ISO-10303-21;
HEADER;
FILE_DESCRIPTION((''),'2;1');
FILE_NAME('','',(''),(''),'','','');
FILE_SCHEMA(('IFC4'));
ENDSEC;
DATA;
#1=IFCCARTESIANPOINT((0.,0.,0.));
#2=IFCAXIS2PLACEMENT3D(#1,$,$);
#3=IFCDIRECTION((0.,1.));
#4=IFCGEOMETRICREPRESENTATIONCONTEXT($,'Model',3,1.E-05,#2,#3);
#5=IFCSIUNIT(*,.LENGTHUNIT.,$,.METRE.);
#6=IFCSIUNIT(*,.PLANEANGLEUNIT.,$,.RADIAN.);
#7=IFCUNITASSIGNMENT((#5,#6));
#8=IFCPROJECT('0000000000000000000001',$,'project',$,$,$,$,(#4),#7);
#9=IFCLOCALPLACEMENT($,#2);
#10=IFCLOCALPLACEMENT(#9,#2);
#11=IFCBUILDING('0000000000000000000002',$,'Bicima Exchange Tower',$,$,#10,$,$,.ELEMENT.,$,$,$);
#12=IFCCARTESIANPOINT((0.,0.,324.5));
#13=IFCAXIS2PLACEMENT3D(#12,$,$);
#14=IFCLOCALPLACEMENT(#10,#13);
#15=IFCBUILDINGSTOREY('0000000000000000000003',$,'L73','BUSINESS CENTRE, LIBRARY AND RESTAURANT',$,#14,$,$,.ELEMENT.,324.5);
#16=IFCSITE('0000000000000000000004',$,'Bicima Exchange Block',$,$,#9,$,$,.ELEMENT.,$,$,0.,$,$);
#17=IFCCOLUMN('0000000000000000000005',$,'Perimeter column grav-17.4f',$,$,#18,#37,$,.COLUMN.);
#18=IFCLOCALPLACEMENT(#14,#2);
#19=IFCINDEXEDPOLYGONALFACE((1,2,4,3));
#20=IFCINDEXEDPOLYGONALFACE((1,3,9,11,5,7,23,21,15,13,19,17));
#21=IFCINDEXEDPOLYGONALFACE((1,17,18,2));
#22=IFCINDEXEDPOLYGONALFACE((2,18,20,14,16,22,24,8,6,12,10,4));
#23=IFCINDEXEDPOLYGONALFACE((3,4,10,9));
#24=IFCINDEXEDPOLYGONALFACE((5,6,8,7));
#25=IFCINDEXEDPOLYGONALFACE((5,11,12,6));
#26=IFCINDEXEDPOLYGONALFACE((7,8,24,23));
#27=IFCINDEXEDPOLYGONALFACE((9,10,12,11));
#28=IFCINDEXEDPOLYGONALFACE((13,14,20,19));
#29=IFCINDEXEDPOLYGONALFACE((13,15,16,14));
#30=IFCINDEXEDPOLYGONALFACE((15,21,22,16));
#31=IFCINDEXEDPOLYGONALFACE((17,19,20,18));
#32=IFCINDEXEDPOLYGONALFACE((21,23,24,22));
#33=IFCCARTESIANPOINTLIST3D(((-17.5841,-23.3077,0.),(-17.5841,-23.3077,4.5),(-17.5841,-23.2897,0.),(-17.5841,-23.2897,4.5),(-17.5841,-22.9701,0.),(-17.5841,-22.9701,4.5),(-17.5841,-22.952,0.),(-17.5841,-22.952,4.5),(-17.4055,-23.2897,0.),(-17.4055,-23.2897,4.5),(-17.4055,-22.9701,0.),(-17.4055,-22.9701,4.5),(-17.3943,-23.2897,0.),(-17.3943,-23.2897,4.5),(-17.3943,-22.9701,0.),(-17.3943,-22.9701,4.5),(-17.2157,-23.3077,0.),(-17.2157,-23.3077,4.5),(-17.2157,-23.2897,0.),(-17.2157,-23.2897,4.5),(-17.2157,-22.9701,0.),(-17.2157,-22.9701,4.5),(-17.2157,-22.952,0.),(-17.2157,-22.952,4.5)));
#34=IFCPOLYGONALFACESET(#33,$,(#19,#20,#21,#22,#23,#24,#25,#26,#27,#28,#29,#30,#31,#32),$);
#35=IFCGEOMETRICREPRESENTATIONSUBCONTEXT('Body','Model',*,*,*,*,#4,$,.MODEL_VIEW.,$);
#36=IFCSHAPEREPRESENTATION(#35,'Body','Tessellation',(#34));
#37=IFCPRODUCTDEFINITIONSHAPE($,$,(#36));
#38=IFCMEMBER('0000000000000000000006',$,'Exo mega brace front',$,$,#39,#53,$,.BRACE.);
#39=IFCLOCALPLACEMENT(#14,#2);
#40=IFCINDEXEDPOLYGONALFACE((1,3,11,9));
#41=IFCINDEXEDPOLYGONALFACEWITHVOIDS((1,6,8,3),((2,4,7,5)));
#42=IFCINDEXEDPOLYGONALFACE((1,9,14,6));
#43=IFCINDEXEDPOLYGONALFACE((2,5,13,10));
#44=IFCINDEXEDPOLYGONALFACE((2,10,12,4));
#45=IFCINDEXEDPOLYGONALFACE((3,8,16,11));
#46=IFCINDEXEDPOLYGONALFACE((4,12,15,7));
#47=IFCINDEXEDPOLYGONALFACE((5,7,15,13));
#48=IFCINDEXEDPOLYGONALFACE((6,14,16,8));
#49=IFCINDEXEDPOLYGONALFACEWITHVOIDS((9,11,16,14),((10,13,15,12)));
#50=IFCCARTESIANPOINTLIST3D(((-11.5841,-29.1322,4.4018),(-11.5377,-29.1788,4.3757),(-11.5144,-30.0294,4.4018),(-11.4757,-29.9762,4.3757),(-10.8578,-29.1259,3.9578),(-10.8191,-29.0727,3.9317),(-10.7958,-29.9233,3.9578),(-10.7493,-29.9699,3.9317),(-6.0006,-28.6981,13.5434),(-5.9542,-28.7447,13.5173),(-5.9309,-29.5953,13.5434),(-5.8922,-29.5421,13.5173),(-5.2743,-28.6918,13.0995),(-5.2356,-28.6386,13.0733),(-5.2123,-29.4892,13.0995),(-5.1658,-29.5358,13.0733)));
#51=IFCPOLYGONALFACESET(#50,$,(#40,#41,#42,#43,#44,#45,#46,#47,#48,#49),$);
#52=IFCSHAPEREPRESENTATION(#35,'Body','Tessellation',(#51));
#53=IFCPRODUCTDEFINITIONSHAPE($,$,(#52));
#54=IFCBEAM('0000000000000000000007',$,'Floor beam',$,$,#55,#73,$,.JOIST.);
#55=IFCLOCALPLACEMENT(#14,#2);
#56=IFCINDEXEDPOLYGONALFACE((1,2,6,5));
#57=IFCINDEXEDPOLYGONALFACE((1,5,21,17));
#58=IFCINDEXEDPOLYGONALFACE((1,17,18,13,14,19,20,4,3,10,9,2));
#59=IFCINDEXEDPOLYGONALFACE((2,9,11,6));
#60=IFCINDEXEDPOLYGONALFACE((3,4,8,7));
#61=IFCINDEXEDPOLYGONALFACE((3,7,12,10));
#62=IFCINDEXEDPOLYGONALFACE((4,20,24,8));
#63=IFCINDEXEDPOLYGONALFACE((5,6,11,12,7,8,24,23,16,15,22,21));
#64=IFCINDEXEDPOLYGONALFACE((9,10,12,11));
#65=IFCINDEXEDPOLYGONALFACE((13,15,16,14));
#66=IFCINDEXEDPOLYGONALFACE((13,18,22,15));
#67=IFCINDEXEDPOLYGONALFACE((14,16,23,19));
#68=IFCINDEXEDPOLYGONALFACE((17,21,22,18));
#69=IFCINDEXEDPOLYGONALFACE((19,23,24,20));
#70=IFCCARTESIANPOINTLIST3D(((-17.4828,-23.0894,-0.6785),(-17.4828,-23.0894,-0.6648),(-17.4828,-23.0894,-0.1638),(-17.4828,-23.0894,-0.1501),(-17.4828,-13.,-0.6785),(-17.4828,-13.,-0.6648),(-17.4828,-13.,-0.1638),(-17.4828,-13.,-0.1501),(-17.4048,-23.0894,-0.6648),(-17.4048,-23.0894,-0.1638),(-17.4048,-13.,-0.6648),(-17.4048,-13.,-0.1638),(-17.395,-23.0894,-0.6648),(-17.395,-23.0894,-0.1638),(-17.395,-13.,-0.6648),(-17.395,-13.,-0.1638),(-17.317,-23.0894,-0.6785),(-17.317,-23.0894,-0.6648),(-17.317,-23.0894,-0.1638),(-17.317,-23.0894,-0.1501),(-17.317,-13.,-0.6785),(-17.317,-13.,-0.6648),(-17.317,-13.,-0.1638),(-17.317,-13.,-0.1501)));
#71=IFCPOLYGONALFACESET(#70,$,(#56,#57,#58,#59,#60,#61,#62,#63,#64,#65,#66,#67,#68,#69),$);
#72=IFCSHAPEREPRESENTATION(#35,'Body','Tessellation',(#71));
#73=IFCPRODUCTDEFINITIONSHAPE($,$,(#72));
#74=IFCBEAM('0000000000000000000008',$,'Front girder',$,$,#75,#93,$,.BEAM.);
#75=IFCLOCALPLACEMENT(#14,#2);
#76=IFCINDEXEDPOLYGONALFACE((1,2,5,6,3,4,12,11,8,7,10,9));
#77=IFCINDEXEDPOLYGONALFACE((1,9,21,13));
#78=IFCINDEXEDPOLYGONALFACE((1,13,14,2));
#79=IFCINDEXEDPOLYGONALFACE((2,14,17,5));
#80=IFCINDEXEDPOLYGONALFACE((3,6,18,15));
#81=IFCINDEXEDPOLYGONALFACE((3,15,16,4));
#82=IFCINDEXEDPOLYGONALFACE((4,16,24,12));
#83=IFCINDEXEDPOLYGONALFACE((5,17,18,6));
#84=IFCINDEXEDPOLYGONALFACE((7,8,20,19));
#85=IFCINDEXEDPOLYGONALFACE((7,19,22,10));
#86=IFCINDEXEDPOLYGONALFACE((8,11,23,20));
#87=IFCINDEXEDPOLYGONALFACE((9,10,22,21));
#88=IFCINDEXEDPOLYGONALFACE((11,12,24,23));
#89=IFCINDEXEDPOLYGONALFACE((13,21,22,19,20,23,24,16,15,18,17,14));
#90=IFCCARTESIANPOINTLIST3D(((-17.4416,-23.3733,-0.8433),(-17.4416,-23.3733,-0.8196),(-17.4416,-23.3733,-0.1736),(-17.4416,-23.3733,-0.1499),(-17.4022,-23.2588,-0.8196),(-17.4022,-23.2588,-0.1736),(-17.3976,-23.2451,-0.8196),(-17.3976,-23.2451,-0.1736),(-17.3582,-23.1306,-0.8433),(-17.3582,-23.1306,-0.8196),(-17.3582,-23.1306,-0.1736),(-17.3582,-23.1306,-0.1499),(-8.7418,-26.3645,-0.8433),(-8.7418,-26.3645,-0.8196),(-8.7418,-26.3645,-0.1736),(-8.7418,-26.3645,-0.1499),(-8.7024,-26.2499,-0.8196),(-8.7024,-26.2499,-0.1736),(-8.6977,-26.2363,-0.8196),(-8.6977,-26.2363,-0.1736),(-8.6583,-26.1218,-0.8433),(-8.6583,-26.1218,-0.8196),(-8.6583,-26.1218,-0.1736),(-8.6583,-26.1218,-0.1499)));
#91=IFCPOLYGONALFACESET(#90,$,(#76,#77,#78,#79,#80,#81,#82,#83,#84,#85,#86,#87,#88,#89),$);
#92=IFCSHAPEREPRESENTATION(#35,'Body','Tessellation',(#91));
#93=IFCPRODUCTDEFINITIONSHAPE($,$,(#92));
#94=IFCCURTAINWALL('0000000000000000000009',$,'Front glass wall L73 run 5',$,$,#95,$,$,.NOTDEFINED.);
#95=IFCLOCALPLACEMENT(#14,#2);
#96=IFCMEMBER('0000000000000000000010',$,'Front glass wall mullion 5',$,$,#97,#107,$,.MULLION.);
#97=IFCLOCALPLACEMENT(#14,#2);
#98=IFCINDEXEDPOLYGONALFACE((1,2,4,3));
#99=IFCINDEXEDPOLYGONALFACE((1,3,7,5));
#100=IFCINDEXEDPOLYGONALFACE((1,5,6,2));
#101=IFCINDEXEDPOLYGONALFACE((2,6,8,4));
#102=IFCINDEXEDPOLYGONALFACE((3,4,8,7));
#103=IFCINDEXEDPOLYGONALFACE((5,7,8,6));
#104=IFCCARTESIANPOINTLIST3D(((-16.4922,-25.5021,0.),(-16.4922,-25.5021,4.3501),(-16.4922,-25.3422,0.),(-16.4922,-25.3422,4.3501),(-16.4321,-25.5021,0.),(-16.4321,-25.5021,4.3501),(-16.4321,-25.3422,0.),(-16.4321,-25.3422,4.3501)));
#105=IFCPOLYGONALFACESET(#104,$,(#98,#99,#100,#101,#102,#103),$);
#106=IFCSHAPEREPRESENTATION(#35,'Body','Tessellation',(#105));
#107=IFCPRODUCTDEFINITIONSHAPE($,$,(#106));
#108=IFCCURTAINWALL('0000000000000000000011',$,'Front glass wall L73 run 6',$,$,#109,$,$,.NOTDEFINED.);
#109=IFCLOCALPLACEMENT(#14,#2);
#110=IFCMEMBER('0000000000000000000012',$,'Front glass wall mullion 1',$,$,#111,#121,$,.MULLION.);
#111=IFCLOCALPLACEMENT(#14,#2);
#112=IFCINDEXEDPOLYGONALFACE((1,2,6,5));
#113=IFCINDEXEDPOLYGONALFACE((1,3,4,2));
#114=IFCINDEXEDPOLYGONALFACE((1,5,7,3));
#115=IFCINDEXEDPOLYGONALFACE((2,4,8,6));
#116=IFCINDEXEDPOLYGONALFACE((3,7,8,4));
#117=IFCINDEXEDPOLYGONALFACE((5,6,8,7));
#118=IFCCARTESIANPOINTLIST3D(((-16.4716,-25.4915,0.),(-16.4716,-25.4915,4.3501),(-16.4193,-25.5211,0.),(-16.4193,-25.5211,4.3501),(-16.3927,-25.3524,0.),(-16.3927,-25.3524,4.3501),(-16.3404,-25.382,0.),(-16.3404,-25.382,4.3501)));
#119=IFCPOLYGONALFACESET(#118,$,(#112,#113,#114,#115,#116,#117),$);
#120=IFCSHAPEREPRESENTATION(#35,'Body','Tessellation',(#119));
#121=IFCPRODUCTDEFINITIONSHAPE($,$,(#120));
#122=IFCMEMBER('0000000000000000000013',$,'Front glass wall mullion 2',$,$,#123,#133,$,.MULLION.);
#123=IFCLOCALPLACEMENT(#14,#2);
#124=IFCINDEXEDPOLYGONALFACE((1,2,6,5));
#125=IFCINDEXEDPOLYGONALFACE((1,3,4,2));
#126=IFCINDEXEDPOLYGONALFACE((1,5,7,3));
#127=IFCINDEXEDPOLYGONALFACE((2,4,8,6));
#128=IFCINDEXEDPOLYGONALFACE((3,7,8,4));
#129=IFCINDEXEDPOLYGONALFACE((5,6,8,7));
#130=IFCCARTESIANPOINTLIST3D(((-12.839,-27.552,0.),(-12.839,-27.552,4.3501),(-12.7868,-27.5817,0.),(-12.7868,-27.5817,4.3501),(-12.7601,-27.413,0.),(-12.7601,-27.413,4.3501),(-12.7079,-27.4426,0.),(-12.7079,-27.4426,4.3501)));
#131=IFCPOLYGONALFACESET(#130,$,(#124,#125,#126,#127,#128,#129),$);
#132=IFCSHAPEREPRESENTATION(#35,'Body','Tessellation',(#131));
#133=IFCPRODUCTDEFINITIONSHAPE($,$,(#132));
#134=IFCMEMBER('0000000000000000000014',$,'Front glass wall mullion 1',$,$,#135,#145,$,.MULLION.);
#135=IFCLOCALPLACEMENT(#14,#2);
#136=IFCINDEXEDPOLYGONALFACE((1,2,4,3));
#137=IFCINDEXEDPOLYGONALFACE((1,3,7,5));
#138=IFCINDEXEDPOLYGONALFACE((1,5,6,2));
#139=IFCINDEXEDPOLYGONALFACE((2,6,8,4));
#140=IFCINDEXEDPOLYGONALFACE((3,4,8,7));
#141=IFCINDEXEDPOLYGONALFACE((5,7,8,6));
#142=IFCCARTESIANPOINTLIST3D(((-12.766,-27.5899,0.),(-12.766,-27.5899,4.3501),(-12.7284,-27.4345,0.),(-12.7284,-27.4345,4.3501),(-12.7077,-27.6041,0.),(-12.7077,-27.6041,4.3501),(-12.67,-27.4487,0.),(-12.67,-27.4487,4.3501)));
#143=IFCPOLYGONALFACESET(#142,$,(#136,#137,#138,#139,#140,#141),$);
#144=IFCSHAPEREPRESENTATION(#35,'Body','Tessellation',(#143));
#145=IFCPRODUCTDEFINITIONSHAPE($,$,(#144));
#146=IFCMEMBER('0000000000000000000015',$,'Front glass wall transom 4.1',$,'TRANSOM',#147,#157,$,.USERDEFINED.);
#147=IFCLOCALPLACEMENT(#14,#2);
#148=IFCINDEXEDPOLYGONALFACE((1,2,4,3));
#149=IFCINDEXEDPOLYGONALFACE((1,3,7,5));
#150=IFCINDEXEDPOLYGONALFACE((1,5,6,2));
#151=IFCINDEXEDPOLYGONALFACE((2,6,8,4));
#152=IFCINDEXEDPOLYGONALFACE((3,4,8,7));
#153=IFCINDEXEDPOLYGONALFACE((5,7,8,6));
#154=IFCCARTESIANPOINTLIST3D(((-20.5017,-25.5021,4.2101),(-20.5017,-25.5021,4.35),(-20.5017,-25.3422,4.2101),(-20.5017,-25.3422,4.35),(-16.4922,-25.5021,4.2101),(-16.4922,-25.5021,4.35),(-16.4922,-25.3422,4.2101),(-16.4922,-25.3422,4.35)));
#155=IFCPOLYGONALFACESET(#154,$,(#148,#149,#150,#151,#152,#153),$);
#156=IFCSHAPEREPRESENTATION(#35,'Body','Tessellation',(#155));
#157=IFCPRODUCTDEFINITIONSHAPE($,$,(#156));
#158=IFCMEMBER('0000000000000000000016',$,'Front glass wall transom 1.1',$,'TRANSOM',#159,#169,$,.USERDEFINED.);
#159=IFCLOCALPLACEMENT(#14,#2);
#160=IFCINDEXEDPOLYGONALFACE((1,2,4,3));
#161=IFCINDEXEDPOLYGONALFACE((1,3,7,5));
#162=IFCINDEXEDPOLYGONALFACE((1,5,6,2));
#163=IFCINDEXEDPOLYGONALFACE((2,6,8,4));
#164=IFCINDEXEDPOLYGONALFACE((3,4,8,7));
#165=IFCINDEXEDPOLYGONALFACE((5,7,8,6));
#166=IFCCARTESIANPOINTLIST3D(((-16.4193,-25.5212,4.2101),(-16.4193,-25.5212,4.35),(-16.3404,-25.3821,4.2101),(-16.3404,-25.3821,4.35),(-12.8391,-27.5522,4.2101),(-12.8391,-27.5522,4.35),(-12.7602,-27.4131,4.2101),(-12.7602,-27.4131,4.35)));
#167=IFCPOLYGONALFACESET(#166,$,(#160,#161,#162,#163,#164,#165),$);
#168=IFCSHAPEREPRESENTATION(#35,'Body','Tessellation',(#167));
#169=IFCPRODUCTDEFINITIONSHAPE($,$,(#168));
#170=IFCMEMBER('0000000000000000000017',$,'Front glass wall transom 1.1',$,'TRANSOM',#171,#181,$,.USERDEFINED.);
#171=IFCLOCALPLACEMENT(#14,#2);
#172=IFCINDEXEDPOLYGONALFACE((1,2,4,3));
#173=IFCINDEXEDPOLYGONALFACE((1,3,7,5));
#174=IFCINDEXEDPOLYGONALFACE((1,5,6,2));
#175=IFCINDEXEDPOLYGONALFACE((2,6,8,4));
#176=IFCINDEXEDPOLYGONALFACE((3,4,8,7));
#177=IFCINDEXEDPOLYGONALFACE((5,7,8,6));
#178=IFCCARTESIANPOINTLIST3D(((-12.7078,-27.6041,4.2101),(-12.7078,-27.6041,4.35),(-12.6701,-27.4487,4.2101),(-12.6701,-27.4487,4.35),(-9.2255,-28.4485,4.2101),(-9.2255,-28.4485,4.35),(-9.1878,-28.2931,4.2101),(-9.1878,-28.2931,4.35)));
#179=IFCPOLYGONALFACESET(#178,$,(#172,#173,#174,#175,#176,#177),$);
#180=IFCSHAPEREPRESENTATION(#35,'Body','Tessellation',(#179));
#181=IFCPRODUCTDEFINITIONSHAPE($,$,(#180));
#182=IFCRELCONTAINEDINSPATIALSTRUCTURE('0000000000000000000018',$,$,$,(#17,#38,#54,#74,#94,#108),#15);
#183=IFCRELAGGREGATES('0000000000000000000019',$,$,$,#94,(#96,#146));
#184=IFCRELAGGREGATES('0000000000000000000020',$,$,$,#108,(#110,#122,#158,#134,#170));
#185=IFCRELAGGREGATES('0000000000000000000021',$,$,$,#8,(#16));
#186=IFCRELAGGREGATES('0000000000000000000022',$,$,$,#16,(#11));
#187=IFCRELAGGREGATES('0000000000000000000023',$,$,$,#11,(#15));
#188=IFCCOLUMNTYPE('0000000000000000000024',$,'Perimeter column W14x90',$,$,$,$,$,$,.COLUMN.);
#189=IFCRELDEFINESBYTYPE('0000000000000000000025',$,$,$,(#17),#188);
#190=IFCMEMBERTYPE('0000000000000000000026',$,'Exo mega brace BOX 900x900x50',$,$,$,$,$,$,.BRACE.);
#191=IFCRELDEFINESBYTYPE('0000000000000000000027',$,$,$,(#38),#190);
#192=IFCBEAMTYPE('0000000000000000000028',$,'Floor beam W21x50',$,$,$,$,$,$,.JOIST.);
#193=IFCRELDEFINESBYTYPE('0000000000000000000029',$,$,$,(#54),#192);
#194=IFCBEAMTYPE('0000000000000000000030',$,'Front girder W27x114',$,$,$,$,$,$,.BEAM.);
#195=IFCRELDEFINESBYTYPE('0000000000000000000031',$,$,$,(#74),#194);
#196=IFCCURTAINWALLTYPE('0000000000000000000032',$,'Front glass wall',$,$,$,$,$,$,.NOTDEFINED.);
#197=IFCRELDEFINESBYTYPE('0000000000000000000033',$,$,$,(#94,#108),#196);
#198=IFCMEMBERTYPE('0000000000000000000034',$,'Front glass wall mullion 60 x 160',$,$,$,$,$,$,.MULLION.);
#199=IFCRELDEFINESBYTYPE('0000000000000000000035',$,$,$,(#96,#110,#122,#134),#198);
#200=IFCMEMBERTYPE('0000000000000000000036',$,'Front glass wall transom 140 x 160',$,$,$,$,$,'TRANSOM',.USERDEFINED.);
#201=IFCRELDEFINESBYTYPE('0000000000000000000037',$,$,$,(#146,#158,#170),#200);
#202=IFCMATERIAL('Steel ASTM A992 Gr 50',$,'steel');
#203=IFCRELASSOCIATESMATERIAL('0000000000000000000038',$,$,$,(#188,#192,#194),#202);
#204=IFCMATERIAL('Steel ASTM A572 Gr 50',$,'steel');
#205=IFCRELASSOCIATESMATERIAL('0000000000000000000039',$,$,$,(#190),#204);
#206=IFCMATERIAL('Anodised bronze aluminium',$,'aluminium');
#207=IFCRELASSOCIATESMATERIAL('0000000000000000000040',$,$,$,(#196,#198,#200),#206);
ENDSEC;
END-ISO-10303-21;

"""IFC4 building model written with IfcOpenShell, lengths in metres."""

from ifc_helpers import new_model, si_unit, direction, frame, origin, origin_2d, place, context, subcontext, project, spatial, rectangle, hollow_rectangle, i_section, extrude, material, material_profile, profile_set, type_object, element, aggregate, save


model = new_model("IFC4")

# Units and contexts
model_context = context("Model", 3, precision=1e-05, world=origin(), true_north=direction((0.0, 1.0)))
body_context = subcontext(model_context, "Body", "Model", "MODEL_VIEW")
ifc_project = project(units=[si_unit("LENGTHUNIT", "METRE"), si_unit("PLANEANGLEUNIT", "RADIAN")], contexts=[model_context])

# Site, building, storey
site_placement = place(None, origin())
site = spatial("IfcSite", under=ifc_project, at=site_placement, Name="Bicima Exchange Block", CompositionType="ELEMENT", RefElevation=0.0)
building_placement = place(site_placement, origin())
building = spatial("IfcBuilding", under=site, at=building_placement, Name="Bicima Exchange Tower", CompositionType="ELEMENT")
storey_placement = place(building_placement, frame((0.0, 0.0, 324.5)))
storey = spatial("IfcBuildingStorey", under=building, at=storey_placement, Name="L73", Description="BUSINESS CENTRE, LIBRARY AND RESTAURANT", CompositionType="ELEMENT", Elevation=324.5)

# Column
ifc_material_1 = material(Name="Steel ASTM A992 Gr 50", Category="steel")
ifc_material_profile_1 = material_profile(ifc_material_1, i_section(OverallWidth=0.3684, OverallDepth=0.3557, WebThickness=0.0112, FlangeThickness=0.0181, at=origin_2d()))
ifc_profile_set_1 = profile_set([ifc_material_profile_1], Name="Steel ASTM A992 Gr 50")
column_type = type_object("IfcColumnType", Name="Perimeter column W14x90", PredefinedType="COLUMN", material=ifc_profile_set_1)
column_placement = place(storey_placement, frame((-17.3999, -23.1299, 0.0), z_axis=(0.0, 0.0, 1.0), x_axis=(1.0, 0.0, 0.0)))
element("IfcColumn", 1, at=column_placement, inside=storey, type_object=column_type, Name="Perimeter column grav-17.4f", PredefinedType="COLUMN", context=body_context, shape_type="SweptSolid", body=[
    extrude(i_section(OverallWidth=0.3684, OverallDepth=0.3557, WebThickness=0.0112, FlangeThickness=0.0181, at=origin_2d()), origin(), (0.0, 0.0, 1.0), 4.5),
])

# Member
ifc_material_2 = material(Name="Steel ASTM A572 Gr 50", Category="steel")
ifc_material_profile_2 = material_profile(ifc_material_2, hollow_rectangle(XDim=0.8999, YDim=0.8999, WallThickness=0.05, at=origin_2d()))
ifc_profile_set_2 = profile_set([ifc_material_profile_2], Name="Steel ASTM A572 Gr 50")
member_type_1 = type_object("IfcMemberType", Name="Exo mega brace BOX 900x900x50", PredefinedType="BRACE", material=ifc_profile_set_2)
member_1_placement = place(storey_placement, frame((-11.1667, -29.551, 4.1667), z_axis=(0.520816, 0.04049, 0.852708), x_axis=(-0.07751, 0.996992, 0.0)))
element("IfcMember", 2, at=member_1_placement, inside=storey, type_object=member_type_1, Name="Exo mega brace front", PredefinedType="BRACE", context=body_context, shape_type="SweptSolid", body=[
    extrude(hollow_rectangle(XDim=0.8999, YDim=0.8999, WallThickness=0.05, at=origin_2d()), origin(), (0.0, 0.0, 1.0), 10.7207),
])

# Beams
ifc_material_profile_3 = material_profile(ifc_material_1, i_section(OverallWidth=0.1658, OverallDepth=0.5283, WebThickness=0.0098, FlangeThickness=0.0137, at=origin_2d()))
ifc_profile_set_3 = profile_set([ifc_material_profile_3], Name="Steel ASTM A992 Gr 50")
beam_type_1 = type_object("IfcBeamType", Name="Floor beam W21x50", PredefinedType="JOIST", material=ifc_profile_set_3)
beam_1_placement = place(storey_placement, frame((-17.3999, -13.0, -0.4143), z_axis=(0.0, -1.0, 0.0), x_axis=(1.0, 0.0, 0.0)))
element("IfcBeam", 3, at=beam_1_placement, inside=storey, type_object=beam_type_1, Name="Floor beam", PredefinedType="JOIST", context=body_context, shape_type="SweptSolid", body=[
    extrude(i_section(OverallWidth=0.1658, OverallDepth=0.5283, WebThickness=0.0098, FlangeThickness=0.0137, at=origin_2d()), origin(), (0.0, 0.0, 1.0), 10.0894),
])
ifc_material_profile_4 = material_profile(ifc_material_1, i_section(OverallWidth=0.2566, OverallDepth=0.6934, WebThickness=0.0144, FlangeThickness=0.0237, at=origin_2d()))
ifc_profile_set_4 = profile_set([ifc_material_profile_4], Name="Steel ASTM A992 Gr 50")
beam_type_2 = type_object("IfcBeamType", Name="Front girder W27x114", PredefinedType="BEAM", material=ifc_profile_set_4)
beam_2_placement = place(storey_placement, frame((-17.3999, -23.252, -0.4966), z_axis=(0.945666, -0.325138, 0.0), x_axis=(0.325138, 0.945666, 0.0)))
element("IfcBeam", 4, at=beam_2_placement, inside=storey, type_object=beam_type_2, Name="Front girder", PredefinedType="BEAM", context=body_context, shape_type="SweptSolid", body=[
    extrude(i_section(OverallWidth=0.2566, OverallDepth=0.6934, WebThickness=0.0144, FlangeThickness=0.0237, at=origin_2d()), origin(), (0.0, 0.0, 1.0), 9.1997),
])

# Curtain wall, member
ifc_material_3 = material(Name="Anodised bronze aluminium", Category="aluminium")
curtain_wall_type = type_object("IfcCurtainWallType", Name="Front glass wall", PredefinedType="NOTDEFINED", material=ifc_material_3)
curtain_wall_1_placement = place(storey_placement, origin())
curtain_wall_1 = element("IfcCurtainWall", 5, at=curtain_wall_1_placement, inside=storey, type_object=curtain_wall_type, Name="Front glass wall L73 run 5", PredefinedType="NOTDEFINED")
ifc_material_profile_5 = material_profile(ifc_material_3, rectangle(XDim=0.1599, YDim=0.0601, at=origin_2d()))
ifc_profile_set_5 = profile_set([ifc_material_profile_5], Name="Anodised bronze aluminium")
member_type_2 = type_object("IfcMemberType", Name="Front glass wall mullion 60 x 160", PredefinedType="MULLION", material=ifc_profile_set_5)
member_2_placement = place(storey_placement, frame((-16.4622, -25.4221, 0.0), z_axis=(0.0, 0.0, 1.0), x_axis=(0.0, 1.0, 0.0)))
member_2 = element("IfcMember", 6, at=member_2_placement, type_object=member_type_2, Name="Front glass wall mullion 5", PredefinedType="MULLION", context=body_context, shape_type="SweptSolid", body=[
    extrude(rectangle(XDim=0.1599, YDim=0.0601, at=origin_2d()), origin(), (0.0, 0.0, 1.0), 4.3501),
])

# Curtain wall, members
curtain_wall_2_placement = place(storey_placement, origin())
curtain_wall_2 = element("IfcCurtainWall", 7, at=curtain_wall_2_placement, inside=storey, type_object=curtain_wall_type, Name="Front glass wall L73 run 6", PredefinedType="NOTDEFINED")
member_3_placement = place(storey_placement, frame((-16.406, -25.4368, 0.0), z_axis=(0.0, 0.0, 1.0), x_axis=(0.493395, 0.869805, 0.0)))
member_3 = element("IfcMember", 8, at=member_3_placement, type_object=member_type_2, Name="Front glass wall mullion 1", PredefinedType="MULLION", context=body_context, shape_type="SweptSolid", body=[
    extrude(rectangle(XDim=0.1599, YDim=0.0601, at=origin_2d()), origin(), (0.0, 0.0, 1.0), 4.3501),
])
member_4_placement = place(storey_placement, frame((-12.7734, -27.4973, 0.0), z_axis=(0.0, 0.0, 1.0), x_axis=(0.493395, 0.869805, 0.0)))
member_4 = element("IfcMember", 9, at=member_4_placement, type_object=member_type_2, Name="Front glass wall mullion 2", PredefinedType="MULLION", context=body_context, shape_type="SweptSolid", body=[
    extrude(rectangle(XDim=0.1599, YDim=0.0601, at=origin_2d()), origin(), (0.0, 0.0, 1.0), 4.3501),
])
member_5_placement = place(storey_placement, frame((-12.718, -27.5193, 0.0), z_axis=(0.0, 0.0, 1.0), x_axis=(0.235682, 0.97183, 0.0)))
member_5 = element("IfcMember", 10, at=member_5_placement, type_object=member_type_2, Name="Front glass wall mullion 1", PredefinedType="MULLION", context=body_context, shape_type="SweptSolid", body=[
    extrude(rectangle(XDim=0.1599, YDim=0.0601, at=origin_2d()), origin(), (0.0, 0.0, 1.0), 4.3501),
])

# Members
ifc_material_profile_6 = material_profile(ifc_material_3, rectangle(XDim=0.1599, YDim=0.1399, at=origin_2d()))
ifc_profile_set_6 = profile_set([ifc_material_profile_6], Name="Anodised bronze aluminium")
member_type_3 = type_object("IfcMemberType", Name="Front glass wall transom 140 x 160", ElementType="TRANSOM", PredefinedType="USERDEFINED", material=ifc_profile_set_6)
member_6_placement = place(storey_placement, frame((-20.5017, -25.4221, 4.28), z_axis=(1.0, 0.0, 0.0), x_axis=(0.0, 1.0, 0.0)))
member_6 = element("IfcMember", 11, at=member_6_placement, type_object=member_type_3, Name="Front glass wall transom 4.1", ObjectType="TRANSOM", PredefinedType="USERDEFINED", context=body_context, shape_type="SweptSolid", body=[
    extrude(rectangle(XDim=0.1599, YDim=0.1399, at=origin_2d()), origin(), (0.0, 0.0, 1.0), 4.0095),
])
member_7_placement = place(storey_placement, frame((-16.3799, -25.4517, 4.28), z_axis=(0.869797, -0.493409, 0.0), x_axis=(0.493409, 0.869797, 0.0)))
member_7 = element("IfcMember", 12, at=member_7_placement, type_object=member_type_3, Name="Front glass wall transom 1.1", ObjectType="TRANSOM", PredefinedType="USERDEFINED", context=body_context, shape_type="SweptSolid", body=[
    extrude(rectangle(XDim=0.1599, YDim=0.1399, at=origin_2d()), origin(), (0.0, 0.0, 1.0), 4.1162),
])
member_8_placement = place(storey_placement, frame((-12.689, -27.5264, 4.28), z_axis=(0.971834, -0.235668, 0.0), x_axis=(0.235668, 0.971834, 0.0)))
member_8 = element("IfcMember", 13, at=member_8_placement, type_object=member_type_3, Name="Front glass wall transom 1.1", ObjectType="TRANSOM", PredefinedType="USERDEFINED", context=body_context, shape_type="SweptSolid", body=[
    extrude(rectangle(XDim=0.1599, YDim=0.1399, at=origin_2d()), origin(), (0.0, 0.0, 1.0), 3.5833),
])

aggregate(curtain_wall_1, [member_2, member_6])
aggregate(curtain_wall_2, [member_3, member_4, member_7, member_5, member_8])

save(model, "model.ifc")
